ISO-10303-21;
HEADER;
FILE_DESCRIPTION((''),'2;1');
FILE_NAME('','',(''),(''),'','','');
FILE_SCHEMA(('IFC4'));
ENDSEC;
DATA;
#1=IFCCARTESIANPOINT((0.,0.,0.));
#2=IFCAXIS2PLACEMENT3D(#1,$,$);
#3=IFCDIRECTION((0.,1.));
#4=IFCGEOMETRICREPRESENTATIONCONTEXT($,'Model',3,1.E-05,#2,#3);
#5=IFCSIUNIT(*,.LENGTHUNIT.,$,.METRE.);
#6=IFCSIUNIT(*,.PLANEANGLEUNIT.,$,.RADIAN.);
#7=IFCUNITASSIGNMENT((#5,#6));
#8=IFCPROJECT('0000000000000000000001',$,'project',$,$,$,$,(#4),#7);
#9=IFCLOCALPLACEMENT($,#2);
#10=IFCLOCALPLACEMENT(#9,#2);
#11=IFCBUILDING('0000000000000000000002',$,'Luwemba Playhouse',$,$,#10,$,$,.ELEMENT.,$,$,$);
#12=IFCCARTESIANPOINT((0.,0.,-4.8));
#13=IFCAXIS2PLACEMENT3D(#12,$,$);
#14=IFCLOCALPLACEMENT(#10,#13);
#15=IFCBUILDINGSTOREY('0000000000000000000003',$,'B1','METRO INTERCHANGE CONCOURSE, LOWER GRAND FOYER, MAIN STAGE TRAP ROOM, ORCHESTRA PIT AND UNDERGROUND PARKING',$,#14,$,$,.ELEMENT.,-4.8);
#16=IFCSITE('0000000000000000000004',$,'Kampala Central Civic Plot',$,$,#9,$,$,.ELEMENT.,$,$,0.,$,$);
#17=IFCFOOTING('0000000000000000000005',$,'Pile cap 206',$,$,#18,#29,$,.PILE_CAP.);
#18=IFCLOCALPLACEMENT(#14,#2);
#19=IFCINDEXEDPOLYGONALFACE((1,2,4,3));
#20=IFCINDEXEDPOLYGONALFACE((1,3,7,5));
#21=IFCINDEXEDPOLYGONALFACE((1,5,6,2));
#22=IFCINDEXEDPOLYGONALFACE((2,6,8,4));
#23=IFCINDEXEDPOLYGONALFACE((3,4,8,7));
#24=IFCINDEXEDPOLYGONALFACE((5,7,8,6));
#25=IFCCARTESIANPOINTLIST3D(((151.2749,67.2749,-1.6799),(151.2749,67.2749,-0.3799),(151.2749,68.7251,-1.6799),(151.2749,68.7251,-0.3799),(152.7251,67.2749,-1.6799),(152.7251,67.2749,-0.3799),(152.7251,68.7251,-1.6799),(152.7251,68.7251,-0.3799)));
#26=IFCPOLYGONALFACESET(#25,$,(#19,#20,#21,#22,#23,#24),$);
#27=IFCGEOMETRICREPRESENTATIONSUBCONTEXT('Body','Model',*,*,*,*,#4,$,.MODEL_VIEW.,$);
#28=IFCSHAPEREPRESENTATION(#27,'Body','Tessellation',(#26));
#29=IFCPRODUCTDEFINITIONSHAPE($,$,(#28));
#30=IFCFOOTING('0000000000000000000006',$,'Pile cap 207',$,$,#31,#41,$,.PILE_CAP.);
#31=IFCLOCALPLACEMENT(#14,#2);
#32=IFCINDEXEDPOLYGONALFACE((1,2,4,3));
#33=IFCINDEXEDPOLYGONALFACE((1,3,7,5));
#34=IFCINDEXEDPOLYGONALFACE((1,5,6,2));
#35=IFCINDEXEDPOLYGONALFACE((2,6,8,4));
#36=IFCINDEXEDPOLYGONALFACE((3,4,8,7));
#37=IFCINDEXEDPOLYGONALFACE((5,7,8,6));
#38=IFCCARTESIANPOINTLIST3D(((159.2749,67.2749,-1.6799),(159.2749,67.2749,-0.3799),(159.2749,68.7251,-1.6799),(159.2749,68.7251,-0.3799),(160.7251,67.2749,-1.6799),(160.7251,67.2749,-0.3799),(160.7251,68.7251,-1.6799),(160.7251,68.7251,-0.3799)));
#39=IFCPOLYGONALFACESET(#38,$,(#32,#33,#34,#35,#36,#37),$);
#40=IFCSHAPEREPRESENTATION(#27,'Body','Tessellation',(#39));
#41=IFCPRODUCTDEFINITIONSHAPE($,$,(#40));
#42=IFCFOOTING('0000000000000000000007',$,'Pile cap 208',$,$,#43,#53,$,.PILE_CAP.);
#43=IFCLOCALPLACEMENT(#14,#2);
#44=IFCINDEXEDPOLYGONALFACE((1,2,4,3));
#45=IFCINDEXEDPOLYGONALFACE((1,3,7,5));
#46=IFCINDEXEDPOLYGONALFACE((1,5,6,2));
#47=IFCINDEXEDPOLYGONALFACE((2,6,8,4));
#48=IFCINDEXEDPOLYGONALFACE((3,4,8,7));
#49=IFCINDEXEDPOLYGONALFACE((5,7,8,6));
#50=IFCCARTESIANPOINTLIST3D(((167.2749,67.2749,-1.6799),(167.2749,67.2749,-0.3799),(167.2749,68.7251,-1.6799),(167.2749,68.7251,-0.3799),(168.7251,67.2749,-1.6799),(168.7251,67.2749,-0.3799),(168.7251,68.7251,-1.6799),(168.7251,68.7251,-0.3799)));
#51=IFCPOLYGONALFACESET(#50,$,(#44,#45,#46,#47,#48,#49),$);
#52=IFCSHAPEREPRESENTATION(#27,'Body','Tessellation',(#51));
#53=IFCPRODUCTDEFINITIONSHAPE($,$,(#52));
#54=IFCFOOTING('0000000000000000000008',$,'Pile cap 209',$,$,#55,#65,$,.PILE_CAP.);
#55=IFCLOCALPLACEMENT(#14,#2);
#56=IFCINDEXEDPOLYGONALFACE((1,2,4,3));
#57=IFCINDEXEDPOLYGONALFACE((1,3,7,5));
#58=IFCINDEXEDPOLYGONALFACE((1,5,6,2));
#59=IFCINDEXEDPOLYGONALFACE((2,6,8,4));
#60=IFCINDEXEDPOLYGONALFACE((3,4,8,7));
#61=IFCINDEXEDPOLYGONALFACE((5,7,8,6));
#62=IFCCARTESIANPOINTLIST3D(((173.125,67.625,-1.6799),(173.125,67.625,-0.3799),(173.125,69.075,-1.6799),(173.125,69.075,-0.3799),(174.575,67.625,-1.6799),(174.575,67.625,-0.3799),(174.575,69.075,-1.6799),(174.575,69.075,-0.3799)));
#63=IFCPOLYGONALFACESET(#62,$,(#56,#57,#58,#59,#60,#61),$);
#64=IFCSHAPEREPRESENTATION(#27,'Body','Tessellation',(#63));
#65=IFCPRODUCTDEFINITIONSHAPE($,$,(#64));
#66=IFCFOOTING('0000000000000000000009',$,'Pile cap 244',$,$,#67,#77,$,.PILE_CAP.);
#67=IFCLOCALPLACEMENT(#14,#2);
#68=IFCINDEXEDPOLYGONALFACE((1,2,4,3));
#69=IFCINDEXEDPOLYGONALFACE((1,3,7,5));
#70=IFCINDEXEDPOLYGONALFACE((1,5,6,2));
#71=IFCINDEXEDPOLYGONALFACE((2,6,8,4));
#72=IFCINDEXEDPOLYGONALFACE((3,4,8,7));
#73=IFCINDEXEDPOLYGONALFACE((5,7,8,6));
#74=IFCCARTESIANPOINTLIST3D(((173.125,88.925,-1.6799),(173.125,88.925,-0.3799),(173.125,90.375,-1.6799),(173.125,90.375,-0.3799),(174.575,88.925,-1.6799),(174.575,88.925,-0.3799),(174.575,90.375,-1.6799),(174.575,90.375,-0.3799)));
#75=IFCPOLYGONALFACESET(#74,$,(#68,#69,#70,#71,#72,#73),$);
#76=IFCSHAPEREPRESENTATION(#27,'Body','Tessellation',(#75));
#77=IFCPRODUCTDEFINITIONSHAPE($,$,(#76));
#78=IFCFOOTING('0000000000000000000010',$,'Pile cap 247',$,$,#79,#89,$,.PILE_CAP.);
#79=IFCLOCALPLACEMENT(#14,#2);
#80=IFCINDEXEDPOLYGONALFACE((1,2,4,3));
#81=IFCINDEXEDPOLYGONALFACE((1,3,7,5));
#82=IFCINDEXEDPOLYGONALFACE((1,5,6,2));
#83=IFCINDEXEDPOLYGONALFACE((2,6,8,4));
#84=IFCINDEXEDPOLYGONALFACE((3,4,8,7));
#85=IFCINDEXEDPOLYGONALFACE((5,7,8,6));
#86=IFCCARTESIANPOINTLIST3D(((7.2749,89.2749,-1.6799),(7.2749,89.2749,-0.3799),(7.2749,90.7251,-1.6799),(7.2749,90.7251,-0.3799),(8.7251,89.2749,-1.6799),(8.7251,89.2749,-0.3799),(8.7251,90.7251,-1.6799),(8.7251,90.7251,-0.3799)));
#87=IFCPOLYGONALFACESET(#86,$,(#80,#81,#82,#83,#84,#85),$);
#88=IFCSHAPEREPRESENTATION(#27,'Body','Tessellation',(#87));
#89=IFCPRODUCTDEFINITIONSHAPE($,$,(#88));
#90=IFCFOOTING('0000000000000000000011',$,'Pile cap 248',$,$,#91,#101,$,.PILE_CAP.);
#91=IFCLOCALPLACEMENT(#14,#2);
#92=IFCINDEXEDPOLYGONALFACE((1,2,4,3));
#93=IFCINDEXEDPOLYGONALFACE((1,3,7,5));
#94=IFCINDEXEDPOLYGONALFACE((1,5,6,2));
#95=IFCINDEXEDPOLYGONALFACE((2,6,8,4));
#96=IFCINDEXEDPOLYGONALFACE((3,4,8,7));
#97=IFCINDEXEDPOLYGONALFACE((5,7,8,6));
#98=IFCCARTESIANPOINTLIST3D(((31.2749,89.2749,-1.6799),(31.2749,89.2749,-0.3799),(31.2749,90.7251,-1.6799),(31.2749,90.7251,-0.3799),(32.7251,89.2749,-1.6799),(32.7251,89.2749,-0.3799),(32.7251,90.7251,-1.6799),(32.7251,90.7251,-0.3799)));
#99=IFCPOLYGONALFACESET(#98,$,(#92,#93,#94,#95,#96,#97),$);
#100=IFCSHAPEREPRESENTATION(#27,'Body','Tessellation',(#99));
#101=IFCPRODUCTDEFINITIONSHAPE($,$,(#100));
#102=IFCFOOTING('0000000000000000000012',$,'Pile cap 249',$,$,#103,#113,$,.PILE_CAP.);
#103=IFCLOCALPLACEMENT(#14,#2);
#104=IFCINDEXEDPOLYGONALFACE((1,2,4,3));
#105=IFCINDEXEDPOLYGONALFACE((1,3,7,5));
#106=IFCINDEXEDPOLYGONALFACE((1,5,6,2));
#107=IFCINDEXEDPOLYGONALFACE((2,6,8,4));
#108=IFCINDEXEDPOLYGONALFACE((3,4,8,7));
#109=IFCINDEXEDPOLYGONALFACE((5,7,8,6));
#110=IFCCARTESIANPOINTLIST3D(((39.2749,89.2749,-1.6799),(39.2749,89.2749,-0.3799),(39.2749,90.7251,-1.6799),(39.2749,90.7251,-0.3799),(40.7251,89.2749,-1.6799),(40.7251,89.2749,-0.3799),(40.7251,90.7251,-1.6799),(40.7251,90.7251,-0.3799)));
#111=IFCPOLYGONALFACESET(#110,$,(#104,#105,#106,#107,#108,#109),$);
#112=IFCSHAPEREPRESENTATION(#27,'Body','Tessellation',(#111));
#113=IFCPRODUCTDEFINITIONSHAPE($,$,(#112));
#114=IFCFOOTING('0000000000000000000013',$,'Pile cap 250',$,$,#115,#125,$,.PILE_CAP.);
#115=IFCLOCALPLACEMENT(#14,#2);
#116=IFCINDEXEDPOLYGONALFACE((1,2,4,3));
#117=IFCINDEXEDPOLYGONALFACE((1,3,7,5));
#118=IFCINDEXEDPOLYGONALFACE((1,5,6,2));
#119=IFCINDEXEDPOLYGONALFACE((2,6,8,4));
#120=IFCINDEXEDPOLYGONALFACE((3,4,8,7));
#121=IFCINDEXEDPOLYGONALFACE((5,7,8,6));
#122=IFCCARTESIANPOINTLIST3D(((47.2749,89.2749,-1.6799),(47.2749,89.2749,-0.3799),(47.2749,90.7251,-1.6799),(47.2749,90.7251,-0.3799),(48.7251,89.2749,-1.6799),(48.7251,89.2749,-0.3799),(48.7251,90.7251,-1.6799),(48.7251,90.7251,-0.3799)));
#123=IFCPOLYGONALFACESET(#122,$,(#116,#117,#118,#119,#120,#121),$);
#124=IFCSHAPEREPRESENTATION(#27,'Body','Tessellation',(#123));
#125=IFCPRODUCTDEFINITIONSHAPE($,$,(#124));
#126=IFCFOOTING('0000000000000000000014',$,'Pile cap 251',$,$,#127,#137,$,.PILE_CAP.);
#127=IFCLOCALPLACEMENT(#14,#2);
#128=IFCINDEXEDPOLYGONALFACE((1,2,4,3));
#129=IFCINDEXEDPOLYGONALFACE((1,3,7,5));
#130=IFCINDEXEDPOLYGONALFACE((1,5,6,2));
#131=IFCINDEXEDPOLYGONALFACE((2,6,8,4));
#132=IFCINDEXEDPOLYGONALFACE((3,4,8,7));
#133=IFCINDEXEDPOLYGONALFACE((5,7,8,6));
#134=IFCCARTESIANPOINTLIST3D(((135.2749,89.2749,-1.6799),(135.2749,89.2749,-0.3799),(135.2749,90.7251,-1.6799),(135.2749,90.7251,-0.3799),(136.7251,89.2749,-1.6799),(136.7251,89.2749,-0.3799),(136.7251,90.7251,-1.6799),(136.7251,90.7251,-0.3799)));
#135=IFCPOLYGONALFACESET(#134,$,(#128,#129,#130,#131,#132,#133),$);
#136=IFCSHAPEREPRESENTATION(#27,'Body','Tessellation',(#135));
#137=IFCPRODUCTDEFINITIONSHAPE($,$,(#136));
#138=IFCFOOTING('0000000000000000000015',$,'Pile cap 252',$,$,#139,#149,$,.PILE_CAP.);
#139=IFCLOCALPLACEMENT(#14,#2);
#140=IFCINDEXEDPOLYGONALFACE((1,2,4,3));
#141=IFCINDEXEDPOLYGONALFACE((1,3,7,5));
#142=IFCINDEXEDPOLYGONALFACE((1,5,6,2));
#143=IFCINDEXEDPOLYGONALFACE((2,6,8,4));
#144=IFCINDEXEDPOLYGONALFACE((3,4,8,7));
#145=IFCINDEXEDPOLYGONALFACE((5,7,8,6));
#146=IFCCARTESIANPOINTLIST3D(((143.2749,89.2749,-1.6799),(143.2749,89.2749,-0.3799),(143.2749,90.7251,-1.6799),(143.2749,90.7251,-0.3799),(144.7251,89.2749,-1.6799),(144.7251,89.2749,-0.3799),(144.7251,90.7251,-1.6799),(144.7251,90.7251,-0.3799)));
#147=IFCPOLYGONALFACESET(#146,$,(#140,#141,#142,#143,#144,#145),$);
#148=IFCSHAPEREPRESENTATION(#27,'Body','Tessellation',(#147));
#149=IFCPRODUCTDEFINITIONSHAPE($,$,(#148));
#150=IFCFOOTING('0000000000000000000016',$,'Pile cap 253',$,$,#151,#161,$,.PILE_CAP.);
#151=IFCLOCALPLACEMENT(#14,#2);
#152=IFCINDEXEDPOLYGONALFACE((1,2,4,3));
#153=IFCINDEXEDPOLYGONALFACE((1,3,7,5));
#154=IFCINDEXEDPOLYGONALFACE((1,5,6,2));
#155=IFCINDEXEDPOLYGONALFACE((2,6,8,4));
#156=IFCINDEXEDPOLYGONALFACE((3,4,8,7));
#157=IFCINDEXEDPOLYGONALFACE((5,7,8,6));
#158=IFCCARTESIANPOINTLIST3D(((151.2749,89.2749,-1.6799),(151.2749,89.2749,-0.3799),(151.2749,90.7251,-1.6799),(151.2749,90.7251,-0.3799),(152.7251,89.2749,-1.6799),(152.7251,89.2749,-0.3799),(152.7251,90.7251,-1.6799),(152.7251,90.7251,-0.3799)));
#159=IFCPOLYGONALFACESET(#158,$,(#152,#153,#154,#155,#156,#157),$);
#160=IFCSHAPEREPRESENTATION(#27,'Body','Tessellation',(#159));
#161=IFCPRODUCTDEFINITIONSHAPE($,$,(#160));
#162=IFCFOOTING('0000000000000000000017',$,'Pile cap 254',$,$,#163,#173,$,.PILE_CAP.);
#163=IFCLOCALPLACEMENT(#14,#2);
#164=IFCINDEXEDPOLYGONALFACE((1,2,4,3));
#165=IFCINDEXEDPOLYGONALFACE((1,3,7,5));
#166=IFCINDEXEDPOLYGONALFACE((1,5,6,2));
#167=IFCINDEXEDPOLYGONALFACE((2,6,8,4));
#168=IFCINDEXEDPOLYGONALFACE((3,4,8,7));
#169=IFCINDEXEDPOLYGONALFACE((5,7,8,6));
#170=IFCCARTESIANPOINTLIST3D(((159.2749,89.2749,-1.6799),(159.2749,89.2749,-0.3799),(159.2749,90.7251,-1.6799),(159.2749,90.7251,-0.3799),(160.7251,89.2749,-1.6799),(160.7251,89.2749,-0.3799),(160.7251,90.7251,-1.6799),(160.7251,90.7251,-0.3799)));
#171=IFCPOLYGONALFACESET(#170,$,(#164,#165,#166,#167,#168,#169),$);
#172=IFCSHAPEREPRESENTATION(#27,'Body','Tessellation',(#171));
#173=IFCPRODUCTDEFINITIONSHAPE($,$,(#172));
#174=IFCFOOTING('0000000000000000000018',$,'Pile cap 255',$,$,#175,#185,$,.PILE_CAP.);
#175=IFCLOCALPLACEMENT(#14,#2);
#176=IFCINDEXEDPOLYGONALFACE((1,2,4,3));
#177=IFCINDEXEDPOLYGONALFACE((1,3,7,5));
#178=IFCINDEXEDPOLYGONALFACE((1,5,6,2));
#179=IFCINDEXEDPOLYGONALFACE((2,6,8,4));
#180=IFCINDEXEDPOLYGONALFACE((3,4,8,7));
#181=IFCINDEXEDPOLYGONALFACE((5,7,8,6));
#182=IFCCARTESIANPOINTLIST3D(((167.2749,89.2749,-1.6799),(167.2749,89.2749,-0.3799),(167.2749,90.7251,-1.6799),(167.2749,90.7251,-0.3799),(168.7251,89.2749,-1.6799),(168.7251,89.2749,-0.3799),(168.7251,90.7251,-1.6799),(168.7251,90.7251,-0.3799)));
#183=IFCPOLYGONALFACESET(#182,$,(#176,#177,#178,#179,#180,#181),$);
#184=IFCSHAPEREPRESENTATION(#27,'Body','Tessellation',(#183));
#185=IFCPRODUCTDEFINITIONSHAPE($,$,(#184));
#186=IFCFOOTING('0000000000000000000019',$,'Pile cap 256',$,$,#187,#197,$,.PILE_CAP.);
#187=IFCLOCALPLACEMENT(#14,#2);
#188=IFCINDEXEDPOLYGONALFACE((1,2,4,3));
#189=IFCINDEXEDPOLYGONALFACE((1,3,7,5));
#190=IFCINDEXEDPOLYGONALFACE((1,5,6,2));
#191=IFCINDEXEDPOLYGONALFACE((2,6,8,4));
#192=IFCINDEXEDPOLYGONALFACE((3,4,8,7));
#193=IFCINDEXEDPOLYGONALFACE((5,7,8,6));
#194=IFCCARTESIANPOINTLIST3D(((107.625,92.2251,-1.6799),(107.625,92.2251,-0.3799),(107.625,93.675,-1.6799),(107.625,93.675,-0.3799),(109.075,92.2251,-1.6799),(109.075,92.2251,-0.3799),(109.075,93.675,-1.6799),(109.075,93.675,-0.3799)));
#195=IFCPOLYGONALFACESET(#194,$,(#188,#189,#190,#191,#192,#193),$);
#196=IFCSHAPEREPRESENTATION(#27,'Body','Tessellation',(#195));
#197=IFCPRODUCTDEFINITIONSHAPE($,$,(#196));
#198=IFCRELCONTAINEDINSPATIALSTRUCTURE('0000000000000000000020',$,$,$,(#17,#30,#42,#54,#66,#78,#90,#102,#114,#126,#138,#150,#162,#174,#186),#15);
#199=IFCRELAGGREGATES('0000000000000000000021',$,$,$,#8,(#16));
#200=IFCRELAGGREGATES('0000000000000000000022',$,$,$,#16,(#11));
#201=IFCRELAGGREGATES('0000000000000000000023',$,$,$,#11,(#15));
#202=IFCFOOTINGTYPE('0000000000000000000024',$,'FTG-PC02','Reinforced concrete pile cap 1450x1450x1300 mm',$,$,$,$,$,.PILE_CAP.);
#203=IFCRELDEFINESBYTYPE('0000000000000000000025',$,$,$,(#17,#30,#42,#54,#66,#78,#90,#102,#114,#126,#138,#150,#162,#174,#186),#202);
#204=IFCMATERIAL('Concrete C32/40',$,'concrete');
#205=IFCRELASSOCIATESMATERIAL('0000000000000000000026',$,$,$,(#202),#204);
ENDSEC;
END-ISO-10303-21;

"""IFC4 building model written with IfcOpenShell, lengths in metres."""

from ifc_helpers import new_model, si_unit, direction, frame, origin, place, context, subcontext, project, spatial, polyline, outline, extrude, material, type_object, element, save


model = new_model("IFC4")

# Units and contexts
model_context = context("Model", 3, precision=1e-05, world=origin(), true_north=direction((0.0, 1.0)))
body_context = subcontext(model_context, "Body", "Model", "MODEL_VIEW")
ifc_project = project(units=[si_unit("LENGTHUNIT", "METRE"), si_unit("PLANEANGLEUNIT", "RADIAN")], contexts=[model_context])

# Site, building, storey
site_placement = place(None, origin())
site = spatial("IfcSite", under=ifc_project, at=site_placement, Name="Kampala Central Civic Plot", CompositionType="ELEMENT", RefElevation=0.0)
building_placement = place(site_placement, origin())
building = spatial("IfcBuilding", under=site, at=building_placement, Name="Luwemba Playhouse", CompositionType="ELEMENT")
storey_placement = place(building_placement, frame((0.0, 0.0, -4.8)))
storey = spatial("IfcBuildingStorey", under=building, at=storey_placement, Name="B1", Description="METRO INTERCHANGE CONCOURSE, LOWER GRAND FOYER, MAIN STAGE TRAP ROOM, ORCHESTRA PIT AND UNDERGROUND PARKING", CompositionType="ELEMENT", Elevation=-4.8)

# Footings
ifc_material = material(Name="Concrete C32/40", Category="concrete")
footing_type = type_object("IfcFootingType", Name="FTG-PC02", Description="Reinforced concrete pile cap 1450x1450x1300 mm", PredefinedType="PILE_CAP", material=ifc_material)
footing_1_placement = place(storey_placement, frame((0.0, 0.0, -1.6799)))
element("IfcFooting", 1, at=footing_1_placement, inside=storey, type_object=footing_type, Name="Pile cap 206", PredefinedType="PILE_CAP", context=body_context, shape_type="SweptSolid", body=[
    extrude(outline(polyline([(151.2749, 67.2749), (152.7251, 67.2749), (152.7251, 68.7251), (151.2749, 68.7251), (151.2749, 67.2749)])), origin(), (0.0, 0.0, 1.0), 1.3),
])
footing_2_placement = place(storey_placement, frame((0.0, 0.0, -1.6799)))
element("IfcFooting", 2, at=footing_2_placement, inside=storey, type_object=footing_type, Name="Pile cap 207", PredefinedType="PILE_CAP", context=body_context, shape_type="SweptSolid", body=[
    extrude(outline(polyline([(159.2749, 67.2749), (160.7251, 67.2749), (160.7251, 68.7251), (159.2749, 68.7251), (159.2749, 67.2749)])), origin(), (0.0, 0.0, 1.0), 1.3),
])
footing_3_placement = place(storey_placement, frame((0.0, 0.0, -1.6799)))
element("IfcFooting", 3, at=footing_3_placement, inside=storey, type_object=footing_type, Name="Pile cap 208", PredefinedType="PILE_CAP", context=body_context, shape_type="SweptSolid", body=[
    extrude(outline(polyline([(167.2749, 67.2749), (168.7251, 67.2749), (168.7251, 68.7251), (167.2749, 68.7251), (167.2749, 67.2749)])), origin(), (0.0, 0.0, 1.0), 1.3),
])
footing_4_placement = place(storey_placement, frame((0.0, 0.0, -1.6799)))
element("IfcFooting", 4, at=footing_4_placement, inside=storey, type_object=footing_type, Name="Pile cap 209", PredefinedType="PILE_CAP", context=body_context, shape_type="SweptSolid", body=[
    extrude(outline(polyline([(173.125, 67.625), (174.575, 67.625), (174.575, 69.075), (173.125, 69.075), (173.125, 67.625)])), origin(), (0.0, 0.0, 1.0), 1.3),
])
footing_5_placement = place(storey_placement, frame((0.0, 0.0, -1.6799)))
element("IfcFooting", 5, at=footing_5_placement, inside=storey, type_object=footing_type, Name="Pile cap 244", PredefinedType="PILE_CAP", context=body_context, shape_type="SweptSolid", body=[
    extrude(outline(polyline([(173.125, 88.925), (174.575, 88.925), (174.575, 90.375), (173.125, 90.375), (173.125, 88.925)])), origin(), (0.0, 0.0, 1.0), 1.3),
])
footing_6_placement = place(storey_placement, frame((0.0, 0.0, -1.6799)))
element("IfcFooting", 6, at=footing_6_placement, inside=storey, type_object=footing_type, Name="Pile cap 247", PredefinedType="PILE_CAP", context=body_context, shape_type="SweptSolid", body=[
    extrude(outline(polyline([(7.2749, 89.2749), (8.7251, 89.2749), (8.7251, 90.7251), (7.2749, 90.7251), (7.2749, 89.2749)])), origin(), (0.0, 0.0, 1.0), 1.3),
])
footing_7_placement = place(storey_placement, frame((0.0, 0.0, -1.6799)))
element("IfcFooting", 7, at=footing_7_placement, inside=storey, type_object=footing_type, Name="Pile cap 248", PredefinedType="PILE_CAP", context=body_context, shape_type="SweptSolid", body=[
    extrude(outline(polyline([(31.2749, 89.2749), (32.7251, 89.2749), (32.7251, 90.7251), (31.2749, 90.7251), (31.2749, 89.2749)])), origin(), (0.0, 0.0, 1.0), 1.3),
])
footing_8_placement = place(storey_placement, frame((0.0, 0.0, -1.6799)))
element("IfcFooting", 8, at=footing_8_placement, inside=storey, type_object=footing_type, Name="Pile cap 249", PredefinedType="PILE_CAP", context=body_context, shape_type="SweptSolid", body=[
    extrude(outline(polyline([(39.2749, 89.2749), (40.7251, 89.2749), (40.7251, 90.7251), (39.2749, 90.7251), (39.2749, 89.2749)])), origin(), (0.0, 0.0, 1.0), 1.3),
])
footing_9_placement = place(storey_placement, frame((0.0, 0.0, -1.6799)))
element("IfcFooting", 9, at=footing_9_placement, inside=storey, type_object=footing_type, Name="Pile cap 250", PredefinedType="PILE_CAP", context=body_context, shape_type="SweptSolid", body=[
    extrude(outline(polyline([(47.2749, 89.2749), (48.7251, 89.2749), (48.7251, 90.7251), (47.2749, 90.7251), (47.2749, 89.2749)])), origin(), (0.0, 0.0, 1.0), 1.3),
])
footing_10_placement = place(storey_placement, frame((0.0, 0.0, -1.6799)))
element("IfcFooting", 10, at=footing_10_placement, inside=storey, type_object=footing_type, Name="Pile cap 251", PredefinedType="PILE_CAP", context=body_context, shape_type="SweptSolid", body=[
    extrude(outline(polyline([(135.2749, 89.2749), (136.7251, 89.2749), (136.7251, 90.7251), (135.2749, 90.7251), (135.2749, 89.2749)])), origin(), (0.0, 0.0, 1.0), 1.3),
])
footing_11_placement = place(storey_placement, frame((0.0, 0.0, -1.6799)))
element("IfcFooting", 11, at=footing_11_placement, inside=storey, type_object=footing_type, Name="Pile cap 252", PredefinedType="PILE_CAP", context=body_context, shape_type="SweptSolid", body=[
    extrude(outline(polyline([(143.2749, 89.2749), (144.7251, 89.2749), (144.7251, 90.7251), (143.2749, 90.7251), (143.2749, 89.2749)])), origin(), (0.0, 0.0, 1.0), 1.3),
])
footing_12_placement = place(storey_placement, frame((0.0, 0.0, -1.6799)))
element("IfcFooting", 12, at=footing_12_placement, inside=storey, type_object=footing_type, Name="Pile cap 253", PredefinedType="PILE_CAP", context=body_context, shape_type="SweptSolid", body=[
    extrude(outline(polyline([(151.2749, 89.2749), (152.7251, 89.2749), (152.7251, 90.7251), (151.2749, 90.7251), (151.2749, 89.2749)])), origin(), (0.0, 0.0, 1.0), 1.3),
])
footing_13_placement = place(storey_placement, frame((0.0, 0.0, -1.6799)))
element("IfcFooting", 13, at=footing_13_placement, inside=storey, type_object=footing_type, Name="Pile cap 254", PredefinedType="PILE_CAP", context=body_context, shape_type="SweptSolid", body=[
    extrude(outline(polyline([(159.2749, 89.2749), (160.7251, 89.2749), (160.7251, 90.7251), (159.2749, 90.7251), (159.2749, 89.2749)])), origin(), (0.0, 0.0, 1.0), 1.3),
])
footing_14_placement = place(storey_placement, frame((0.0, 0.0, -1.6799)))
element("IfcFooting", 14, at=footing_14_placement, inside=storey, type_object=footing_type, Name="Pile cap 255", PredefinedType="PILE_CAP", context=body_context, shape_type="SweptSolid", body=[
    extrude(outline(polyline([(167.2749, 89.2749), (168.7251, 89.2749), (168.7251, 90.7251), (167.2749, 90.7251), (167.2749, 89.2749)])), origin(), (0.0, 0.0, 1.0), 1.3),
])
footing_15_placement = place(storey_placement, frame((0.0, 0.0, -1.6799)))
element("IfcFooting", 15, at=footing_15_placement, inside=storey, type_object=footing_type, Name="Pile cap 256", PredefinedType="PILE_CAP", context=body_context, shape_type="SweptSolid", body=[
    extrude(outline(polyline([(107.625, 92.2251), (109.075, 92.2251), (109.075, 93.675), (107.625, 93.675), (107.625, 92.2251)])), origin(), (0.0, 0.0, 1.0), 1.3),
])

save(model, "model.ifc")
